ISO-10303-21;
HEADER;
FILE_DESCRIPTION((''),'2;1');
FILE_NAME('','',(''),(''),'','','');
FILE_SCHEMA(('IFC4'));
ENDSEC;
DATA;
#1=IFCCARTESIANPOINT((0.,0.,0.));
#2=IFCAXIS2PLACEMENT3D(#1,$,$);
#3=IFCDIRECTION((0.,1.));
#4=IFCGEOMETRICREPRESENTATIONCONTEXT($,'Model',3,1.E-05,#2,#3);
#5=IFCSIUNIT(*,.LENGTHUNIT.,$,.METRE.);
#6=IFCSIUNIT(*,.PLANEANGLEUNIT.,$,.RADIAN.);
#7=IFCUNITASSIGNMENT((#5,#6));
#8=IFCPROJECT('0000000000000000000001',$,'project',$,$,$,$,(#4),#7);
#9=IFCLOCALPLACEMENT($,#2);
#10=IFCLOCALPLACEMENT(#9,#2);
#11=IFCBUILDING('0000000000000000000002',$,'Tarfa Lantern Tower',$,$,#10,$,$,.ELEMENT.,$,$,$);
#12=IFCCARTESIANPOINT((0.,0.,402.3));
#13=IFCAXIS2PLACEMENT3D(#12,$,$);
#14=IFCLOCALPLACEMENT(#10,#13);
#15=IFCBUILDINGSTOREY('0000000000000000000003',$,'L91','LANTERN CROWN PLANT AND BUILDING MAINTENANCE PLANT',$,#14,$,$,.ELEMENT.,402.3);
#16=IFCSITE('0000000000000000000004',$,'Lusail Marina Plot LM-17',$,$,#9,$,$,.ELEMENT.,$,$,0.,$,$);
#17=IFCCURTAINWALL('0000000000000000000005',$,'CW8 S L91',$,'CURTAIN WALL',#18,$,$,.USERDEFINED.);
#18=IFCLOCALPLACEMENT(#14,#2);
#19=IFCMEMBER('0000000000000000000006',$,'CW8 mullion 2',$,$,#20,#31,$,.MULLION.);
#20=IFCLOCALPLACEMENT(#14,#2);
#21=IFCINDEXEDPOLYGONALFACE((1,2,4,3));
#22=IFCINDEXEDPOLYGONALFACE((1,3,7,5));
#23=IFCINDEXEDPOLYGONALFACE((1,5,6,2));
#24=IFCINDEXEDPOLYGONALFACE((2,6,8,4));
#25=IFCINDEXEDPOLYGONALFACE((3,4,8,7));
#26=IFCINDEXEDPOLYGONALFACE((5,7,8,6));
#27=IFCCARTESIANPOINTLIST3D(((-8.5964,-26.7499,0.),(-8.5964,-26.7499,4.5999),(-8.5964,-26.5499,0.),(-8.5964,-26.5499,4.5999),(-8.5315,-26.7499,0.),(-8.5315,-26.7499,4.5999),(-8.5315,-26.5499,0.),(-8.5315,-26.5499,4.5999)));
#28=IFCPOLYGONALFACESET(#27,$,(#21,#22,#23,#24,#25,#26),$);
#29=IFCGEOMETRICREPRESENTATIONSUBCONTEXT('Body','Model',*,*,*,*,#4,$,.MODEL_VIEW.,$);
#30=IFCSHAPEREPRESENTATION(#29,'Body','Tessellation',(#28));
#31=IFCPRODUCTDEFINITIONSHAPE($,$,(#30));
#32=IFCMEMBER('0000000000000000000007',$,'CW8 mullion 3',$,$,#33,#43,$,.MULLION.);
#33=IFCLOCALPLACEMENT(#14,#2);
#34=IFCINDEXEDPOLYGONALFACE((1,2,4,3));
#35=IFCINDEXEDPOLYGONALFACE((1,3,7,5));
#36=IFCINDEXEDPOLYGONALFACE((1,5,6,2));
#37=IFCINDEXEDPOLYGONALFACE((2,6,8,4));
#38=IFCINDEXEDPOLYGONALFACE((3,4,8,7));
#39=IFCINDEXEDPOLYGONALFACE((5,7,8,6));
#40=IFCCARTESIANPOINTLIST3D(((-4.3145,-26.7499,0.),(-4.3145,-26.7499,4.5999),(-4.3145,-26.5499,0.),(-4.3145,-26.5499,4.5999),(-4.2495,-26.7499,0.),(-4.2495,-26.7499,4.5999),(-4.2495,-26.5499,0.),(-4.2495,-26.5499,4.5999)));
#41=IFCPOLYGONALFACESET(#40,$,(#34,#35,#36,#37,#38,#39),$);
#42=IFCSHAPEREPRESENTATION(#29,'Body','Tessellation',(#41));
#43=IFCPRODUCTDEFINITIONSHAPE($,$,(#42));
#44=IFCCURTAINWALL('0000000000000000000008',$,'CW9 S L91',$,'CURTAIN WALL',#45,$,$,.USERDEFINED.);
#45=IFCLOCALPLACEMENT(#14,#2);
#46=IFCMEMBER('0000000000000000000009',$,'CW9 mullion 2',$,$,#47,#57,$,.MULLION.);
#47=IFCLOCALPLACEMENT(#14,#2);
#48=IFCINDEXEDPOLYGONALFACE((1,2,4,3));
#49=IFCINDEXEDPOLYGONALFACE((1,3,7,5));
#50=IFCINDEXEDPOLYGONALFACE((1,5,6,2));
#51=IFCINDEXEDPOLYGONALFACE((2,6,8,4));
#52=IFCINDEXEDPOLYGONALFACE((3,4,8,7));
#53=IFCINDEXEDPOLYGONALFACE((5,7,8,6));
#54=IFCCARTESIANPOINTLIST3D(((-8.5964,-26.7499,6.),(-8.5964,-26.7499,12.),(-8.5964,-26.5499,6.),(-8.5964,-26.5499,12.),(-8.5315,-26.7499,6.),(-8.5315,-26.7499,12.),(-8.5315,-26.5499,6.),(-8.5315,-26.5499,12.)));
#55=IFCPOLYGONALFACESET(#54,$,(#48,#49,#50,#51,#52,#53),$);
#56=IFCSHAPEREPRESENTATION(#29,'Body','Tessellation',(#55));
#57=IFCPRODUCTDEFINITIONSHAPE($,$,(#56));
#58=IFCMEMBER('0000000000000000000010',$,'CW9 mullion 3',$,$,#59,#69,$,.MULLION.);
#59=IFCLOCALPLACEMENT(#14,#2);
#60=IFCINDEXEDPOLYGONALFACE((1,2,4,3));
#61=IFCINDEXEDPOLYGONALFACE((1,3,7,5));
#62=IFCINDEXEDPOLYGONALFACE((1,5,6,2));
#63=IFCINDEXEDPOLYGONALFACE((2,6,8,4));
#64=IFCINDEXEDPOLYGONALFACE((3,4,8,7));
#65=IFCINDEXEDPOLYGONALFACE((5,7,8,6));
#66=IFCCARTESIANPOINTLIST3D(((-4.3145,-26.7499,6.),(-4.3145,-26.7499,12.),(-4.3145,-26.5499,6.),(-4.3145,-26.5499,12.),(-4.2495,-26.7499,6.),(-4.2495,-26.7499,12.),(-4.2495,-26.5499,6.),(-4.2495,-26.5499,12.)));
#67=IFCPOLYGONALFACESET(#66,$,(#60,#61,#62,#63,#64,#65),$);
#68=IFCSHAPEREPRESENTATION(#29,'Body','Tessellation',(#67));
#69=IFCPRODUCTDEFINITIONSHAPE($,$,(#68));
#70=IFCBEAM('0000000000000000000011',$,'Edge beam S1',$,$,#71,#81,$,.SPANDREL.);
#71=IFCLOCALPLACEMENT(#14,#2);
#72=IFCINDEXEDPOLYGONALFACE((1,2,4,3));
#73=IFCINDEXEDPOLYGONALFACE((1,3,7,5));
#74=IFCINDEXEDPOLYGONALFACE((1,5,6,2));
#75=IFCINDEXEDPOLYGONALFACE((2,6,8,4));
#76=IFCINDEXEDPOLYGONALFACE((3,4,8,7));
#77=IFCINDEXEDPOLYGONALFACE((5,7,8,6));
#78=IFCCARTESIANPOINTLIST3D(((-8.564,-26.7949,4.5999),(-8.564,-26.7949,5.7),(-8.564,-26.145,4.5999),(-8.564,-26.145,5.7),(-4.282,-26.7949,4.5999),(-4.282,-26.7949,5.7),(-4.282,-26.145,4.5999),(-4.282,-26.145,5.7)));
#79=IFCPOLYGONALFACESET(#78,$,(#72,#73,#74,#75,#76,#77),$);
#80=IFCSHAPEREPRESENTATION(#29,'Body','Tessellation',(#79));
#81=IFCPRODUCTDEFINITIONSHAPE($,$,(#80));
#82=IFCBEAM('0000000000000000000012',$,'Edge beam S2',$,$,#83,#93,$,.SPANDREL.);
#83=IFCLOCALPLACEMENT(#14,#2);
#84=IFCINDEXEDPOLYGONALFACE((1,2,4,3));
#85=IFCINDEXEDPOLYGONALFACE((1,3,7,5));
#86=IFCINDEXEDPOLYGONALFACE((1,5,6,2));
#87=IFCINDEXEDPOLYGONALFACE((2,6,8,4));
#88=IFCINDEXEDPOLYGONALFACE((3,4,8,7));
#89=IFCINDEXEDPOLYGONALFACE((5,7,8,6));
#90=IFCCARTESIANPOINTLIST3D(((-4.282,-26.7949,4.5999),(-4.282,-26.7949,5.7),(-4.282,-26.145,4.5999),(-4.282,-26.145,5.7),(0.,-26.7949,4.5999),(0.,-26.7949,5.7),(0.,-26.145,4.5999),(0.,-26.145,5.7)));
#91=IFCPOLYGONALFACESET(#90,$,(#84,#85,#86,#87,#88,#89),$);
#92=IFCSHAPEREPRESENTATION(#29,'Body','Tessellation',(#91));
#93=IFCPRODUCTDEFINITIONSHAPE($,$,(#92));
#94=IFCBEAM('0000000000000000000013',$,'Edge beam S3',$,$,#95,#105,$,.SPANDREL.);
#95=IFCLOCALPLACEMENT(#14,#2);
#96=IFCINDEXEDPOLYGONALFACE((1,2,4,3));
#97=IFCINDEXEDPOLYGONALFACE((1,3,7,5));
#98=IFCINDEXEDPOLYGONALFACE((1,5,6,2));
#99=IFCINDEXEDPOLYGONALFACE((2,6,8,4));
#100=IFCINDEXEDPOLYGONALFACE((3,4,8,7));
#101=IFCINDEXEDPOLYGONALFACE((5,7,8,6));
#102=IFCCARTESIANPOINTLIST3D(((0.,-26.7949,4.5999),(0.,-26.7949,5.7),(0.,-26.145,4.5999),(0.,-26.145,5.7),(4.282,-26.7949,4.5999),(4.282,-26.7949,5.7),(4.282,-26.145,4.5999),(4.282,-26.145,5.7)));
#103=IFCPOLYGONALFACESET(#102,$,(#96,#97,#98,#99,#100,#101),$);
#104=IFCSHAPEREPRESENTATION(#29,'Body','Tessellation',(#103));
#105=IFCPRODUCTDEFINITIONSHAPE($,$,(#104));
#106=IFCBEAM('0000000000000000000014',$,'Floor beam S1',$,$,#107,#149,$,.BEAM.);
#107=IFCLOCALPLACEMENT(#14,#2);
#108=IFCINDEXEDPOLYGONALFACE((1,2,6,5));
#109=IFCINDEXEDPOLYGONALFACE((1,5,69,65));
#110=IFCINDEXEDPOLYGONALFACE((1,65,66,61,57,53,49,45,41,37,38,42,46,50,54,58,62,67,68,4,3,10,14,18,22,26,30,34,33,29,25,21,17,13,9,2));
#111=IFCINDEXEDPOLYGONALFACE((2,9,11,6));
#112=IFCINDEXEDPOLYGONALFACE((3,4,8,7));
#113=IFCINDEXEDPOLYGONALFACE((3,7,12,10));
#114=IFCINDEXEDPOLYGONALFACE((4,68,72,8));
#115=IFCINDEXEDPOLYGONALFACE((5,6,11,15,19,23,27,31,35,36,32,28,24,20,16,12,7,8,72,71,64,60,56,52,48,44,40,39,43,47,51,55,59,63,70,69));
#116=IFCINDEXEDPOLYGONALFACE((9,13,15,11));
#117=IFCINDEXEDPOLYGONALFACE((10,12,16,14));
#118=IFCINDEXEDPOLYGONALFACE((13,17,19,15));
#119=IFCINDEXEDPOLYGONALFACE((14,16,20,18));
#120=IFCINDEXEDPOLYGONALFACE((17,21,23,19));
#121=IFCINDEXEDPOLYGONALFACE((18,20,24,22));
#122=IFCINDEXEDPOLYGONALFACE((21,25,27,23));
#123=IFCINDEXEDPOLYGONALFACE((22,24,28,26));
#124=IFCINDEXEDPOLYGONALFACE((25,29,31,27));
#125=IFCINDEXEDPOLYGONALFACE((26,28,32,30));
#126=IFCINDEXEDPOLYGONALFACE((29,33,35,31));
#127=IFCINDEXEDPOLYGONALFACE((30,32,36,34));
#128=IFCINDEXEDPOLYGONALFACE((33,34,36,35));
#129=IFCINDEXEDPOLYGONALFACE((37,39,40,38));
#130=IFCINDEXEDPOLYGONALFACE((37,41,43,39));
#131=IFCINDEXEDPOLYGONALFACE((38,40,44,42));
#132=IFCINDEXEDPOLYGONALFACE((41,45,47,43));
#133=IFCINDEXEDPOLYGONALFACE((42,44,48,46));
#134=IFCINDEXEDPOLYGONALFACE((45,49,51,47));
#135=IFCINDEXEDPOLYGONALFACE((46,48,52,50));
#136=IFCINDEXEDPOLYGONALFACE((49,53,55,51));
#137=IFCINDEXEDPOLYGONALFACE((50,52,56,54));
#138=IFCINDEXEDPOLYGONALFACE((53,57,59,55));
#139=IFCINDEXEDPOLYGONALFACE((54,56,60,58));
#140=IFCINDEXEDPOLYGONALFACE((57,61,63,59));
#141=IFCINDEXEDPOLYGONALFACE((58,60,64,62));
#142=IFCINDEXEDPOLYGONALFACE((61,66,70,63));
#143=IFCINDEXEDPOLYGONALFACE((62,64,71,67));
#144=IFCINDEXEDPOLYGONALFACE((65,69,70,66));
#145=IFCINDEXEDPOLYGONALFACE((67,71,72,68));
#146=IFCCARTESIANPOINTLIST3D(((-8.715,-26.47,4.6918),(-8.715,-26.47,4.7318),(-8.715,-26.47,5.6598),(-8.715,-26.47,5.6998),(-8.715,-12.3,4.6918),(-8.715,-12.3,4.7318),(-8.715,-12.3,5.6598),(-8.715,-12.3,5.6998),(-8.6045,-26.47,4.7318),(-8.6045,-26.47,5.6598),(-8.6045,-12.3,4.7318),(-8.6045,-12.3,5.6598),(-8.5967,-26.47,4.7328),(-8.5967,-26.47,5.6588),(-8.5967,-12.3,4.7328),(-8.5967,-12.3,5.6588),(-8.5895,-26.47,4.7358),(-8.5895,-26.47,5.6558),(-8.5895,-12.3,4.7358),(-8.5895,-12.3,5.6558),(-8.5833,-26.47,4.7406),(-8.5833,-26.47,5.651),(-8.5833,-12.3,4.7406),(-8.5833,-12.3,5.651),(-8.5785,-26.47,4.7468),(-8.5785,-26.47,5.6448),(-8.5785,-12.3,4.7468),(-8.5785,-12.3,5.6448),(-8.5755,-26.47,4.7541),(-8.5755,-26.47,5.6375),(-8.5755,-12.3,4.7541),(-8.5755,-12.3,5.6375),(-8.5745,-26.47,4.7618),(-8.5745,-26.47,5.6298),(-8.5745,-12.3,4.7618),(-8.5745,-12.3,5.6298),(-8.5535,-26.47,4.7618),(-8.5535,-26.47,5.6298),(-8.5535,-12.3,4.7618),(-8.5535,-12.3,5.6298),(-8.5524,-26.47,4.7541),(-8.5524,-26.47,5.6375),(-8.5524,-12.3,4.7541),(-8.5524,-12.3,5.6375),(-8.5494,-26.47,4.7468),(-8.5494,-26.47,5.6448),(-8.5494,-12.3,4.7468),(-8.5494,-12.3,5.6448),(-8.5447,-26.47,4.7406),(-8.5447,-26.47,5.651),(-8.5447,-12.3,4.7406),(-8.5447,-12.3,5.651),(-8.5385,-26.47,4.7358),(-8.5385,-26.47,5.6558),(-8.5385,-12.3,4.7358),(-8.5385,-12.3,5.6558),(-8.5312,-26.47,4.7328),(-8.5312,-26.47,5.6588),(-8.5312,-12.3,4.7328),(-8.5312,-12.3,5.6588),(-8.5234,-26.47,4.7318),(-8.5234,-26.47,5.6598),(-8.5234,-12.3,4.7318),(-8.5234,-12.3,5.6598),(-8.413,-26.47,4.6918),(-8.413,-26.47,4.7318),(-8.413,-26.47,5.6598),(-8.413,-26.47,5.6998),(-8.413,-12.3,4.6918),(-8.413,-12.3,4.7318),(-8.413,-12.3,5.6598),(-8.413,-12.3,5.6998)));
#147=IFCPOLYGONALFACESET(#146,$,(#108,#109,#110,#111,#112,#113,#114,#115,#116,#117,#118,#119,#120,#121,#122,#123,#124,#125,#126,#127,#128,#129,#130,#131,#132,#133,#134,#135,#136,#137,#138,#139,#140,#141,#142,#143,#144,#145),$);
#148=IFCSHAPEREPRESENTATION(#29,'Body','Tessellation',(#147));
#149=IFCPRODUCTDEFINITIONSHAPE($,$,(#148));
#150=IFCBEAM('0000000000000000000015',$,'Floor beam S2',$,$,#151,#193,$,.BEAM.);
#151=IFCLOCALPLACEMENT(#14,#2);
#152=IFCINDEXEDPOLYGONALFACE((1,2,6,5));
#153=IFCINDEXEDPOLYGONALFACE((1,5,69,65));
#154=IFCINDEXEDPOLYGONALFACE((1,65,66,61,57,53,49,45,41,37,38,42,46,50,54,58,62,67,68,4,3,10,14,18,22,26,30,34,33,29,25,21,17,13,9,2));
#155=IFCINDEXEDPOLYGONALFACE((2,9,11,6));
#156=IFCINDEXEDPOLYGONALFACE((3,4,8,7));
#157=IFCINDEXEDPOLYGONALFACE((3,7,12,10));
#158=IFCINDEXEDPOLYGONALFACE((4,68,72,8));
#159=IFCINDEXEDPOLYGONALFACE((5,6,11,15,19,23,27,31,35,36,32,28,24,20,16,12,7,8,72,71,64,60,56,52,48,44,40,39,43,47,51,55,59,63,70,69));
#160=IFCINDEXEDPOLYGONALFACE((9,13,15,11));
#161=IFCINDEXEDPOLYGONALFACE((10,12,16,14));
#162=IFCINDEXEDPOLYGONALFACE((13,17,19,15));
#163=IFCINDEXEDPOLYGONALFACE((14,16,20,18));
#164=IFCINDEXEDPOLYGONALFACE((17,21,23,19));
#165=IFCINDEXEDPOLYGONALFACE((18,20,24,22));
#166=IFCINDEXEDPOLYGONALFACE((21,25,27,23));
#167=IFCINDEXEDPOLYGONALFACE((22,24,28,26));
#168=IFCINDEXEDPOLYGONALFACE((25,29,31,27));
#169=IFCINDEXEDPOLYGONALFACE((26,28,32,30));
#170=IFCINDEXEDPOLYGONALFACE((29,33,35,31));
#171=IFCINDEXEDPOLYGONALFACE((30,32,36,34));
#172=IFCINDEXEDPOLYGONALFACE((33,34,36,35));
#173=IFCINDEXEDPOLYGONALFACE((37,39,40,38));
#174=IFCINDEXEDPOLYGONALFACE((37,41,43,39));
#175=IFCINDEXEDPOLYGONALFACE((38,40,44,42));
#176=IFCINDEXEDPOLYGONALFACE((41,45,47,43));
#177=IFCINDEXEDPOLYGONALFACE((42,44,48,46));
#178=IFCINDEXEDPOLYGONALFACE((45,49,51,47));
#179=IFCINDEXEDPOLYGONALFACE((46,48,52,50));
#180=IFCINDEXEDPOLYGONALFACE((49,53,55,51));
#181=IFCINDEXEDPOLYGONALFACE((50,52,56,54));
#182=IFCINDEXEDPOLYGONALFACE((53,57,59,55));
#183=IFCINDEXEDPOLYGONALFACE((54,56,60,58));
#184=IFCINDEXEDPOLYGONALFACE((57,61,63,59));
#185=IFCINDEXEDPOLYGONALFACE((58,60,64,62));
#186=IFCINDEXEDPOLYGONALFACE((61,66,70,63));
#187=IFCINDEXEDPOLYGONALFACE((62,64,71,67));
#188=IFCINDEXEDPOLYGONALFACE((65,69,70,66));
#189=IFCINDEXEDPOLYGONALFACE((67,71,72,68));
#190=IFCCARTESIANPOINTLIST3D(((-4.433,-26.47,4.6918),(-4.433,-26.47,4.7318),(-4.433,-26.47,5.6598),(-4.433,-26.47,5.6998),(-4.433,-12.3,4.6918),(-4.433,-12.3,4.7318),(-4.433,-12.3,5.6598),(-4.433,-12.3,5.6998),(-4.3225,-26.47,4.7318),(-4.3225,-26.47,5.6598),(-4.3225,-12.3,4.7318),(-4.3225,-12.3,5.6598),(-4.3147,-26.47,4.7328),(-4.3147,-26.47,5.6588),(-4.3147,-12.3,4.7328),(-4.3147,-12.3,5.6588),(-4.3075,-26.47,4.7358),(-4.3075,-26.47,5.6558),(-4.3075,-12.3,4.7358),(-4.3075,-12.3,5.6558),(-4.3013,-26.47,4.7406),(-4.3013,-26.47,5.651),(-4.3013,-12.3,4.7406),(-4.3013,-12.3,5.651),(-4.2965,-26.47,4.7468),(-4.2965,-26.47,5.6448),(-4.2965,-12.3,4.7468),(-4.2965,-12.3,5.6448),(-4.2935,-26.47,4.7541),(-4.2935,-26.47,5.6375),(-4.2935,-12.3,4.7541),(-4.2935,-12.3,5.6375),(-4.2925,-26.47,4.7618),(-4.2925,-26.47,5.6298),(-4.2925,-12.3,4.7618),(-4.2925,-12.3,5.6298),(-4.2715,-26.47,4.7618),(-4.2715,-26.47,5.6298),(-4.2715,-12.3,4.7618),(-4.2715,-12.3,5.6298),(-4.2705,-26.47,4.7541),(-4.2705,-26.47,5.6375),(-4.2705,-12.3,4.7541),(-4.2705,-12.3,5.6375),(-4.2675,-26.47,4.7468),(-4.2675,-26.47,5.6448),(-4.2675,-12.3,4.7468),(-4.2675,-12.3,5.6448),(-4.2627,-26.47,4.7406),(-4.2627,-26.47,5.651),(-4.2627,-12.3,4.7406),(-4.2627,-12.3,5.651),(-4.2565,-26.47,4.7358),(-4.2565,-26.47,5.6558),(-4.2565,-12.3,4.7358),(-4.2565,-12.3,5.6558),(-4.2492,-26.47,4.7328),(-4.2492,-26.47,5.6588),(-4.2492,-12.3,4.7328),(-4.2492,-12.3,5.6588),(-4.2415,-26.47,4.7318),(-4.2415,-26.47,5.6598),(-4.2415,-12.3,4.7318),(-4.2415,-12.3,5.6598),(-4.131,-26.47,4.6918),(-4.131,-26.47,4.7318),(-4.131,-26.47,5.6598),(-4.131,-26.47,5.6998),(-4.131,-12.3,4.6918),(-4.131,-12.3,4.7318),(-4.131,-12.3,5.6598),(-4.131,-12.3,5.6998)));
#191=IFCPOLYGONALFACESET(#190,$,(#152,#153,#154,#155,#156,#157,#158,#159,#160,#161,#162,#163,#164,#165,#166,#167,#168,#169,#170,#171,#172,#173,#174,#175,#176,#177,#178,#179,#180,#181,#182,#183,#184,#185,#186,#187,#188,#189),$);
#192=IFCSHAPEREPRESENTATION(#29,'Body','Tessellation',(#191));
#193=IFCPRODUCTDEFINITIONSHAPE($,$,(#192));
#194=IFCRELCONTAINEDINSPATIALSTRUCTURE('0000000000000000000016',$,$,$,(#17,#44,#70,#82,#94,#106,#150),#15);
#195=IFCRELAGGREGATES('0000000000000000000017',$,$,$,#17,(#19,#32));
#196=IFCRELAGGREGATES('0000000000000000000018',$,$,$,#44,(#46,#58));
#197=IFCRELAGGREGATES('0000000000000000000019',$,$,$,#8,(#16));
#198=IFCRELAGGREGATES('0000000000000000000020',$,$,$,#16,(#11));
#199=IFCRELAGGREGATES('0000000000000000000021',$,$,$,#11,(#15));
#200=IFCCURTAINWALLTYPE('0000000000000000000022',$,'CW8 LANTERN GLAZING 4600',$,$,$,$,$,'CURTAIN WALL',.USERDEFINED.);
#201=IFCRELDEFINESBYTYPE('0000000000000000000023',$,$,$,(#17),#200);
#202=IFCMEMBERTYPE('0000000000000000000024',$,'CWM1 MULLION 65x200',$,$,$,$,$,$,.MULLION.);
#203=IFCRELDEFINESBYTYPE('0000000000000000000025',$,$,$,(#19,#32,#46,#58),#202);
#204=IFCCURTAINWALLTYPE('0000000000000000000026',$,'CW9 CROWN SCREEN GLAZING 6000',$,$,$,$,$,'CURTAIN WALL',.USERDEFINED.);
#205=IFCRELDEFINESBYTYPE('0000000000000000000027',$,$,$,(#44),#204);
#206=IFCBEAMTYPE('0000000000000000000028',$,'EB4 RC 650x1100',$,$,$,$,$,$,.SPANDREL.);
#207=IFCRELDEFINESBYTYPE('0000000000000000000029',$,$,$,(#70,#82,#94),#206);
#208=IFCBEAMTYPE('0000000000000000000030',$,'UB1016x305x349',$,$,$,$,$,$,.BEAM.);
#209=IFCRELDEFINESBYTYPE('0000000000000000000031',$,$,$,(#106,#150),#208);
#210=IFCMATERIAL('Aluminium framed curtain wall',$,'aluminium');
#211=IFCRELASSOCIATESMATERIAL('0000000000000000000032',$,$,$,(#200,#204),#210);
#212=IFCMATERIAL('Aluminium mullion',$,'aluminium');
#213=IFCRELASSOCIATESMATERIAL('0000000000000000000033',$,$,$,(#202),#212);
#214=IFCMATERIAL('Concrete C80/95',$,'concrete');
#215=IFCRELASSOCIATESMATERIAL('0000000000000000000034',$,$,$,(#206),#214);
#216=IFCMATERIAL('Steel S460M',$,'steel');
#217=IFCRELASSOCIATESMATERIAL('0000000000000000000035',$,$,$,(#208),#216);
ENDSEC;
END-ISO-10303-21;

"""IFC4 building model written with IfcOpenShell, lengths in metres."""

from ifc_helpers import new_model, si_unit, direction, frame, origin, origin_2d, place, context, subcontext, project, spatial, rectangle, i_section, extrude, material, material_profile, profile_set, type_object, element, aggregate, save


model = new_model("IFC4")

# Units and contexts
model_context = context("Model", 3, precision=1e-05, world=origin(), true_north=direction((0.0, 1.0)))
body_context = subcontext(model_context, "Body", "Model", "MODEL_VIEW")
ifc_project = project(units=[si_unit("LENGTHUNIT", "METRE"), si_unit("PLANEANGLEUNIT", "RADIAN")], contexts=[model_context])

# Site, building, storey
site_placement = place(None, origin())
site = spatial("IfcSite", under=ifc_project, at=site_placement, Name="Lusail Marina Plot LM-17", CompositionType="ELEMENT", RefElevation=0.0)
building_placement = place(site_placement, origin())
building = spatial("IfcBuilding", under=site, at=building_placement, Name="Tarfa Lantern Tower", CompositionType="ELEMENT")
storey_placement = place(building_placement, frame((0.0, 0.0, 402.3)))
storey = spatial("IfcBuildingStorey", under=building, at=storey_placement, Name="L91", Description="LANTERN CROWN PLANT AND BUILDING MAINTENANCE PLANT", CompositionType="ELEMENT", Elevation=402.3)

# Curtain walls, members
ifc_material_1 = material(Name="Aluminium framed curtain wall", Category="aluminium")
curtain_wall_type_1 = type_object("IfcCurtainWallType", Name="CW8 LANTERN GLAZING 4600", ElementType="CURTAIN WALL", PredefinedType="USERDEFINED", material=ifc_material_1)
curtain_wall_1_placement = place(storey_placement, origin())
curtain_wall_1 = element("IfcCurtainWall", 1, at=curtain_wall_1_placement, inside=storey, type_object=curtain_wall_type_1, Name="CW8 S L91", ObjectType="CURTAIN WALL", PredefinedType="USERDEFINED")
ifc_material_2 = material(Name="Aluminium mullion", Category="aluminium")
ifc_material_profile_1 = material_profile(ifc_material_2, rectangle(XDim=0.0649, YDim=0.2, at=origin_2d()), Name="AL MULLION 65x200")
ifc_profile_set_1 = profile_set([ifc_material_profile_1], Name="Aluminium mullion")
member_type = type_object("IfcMemberType", Name="CWM1 MULLION 65x200", PredefinedType="MULLION", material=ifc_profile_set_1)
member_1_placement = place(storey_placement, frame((-8.564, -26.6499, 0.0), z_axis=(0.0, 0.0, 1.0), x_axis=(1.0, 0.0, 0.0)))
member_1 = element("IfcMember", 2, at=member_1_placement, type_object=member_type, Name="CW8 mullion 2", PredefinedType="MULLION", context=body_context, shape_type="SweptSolid", body=[
    extrude(rectangle(XDim=0.0649, YDim=0.2, at=origin_2d()), origin(), (0.0, 0.0, 1.0), 4.5999),
])
member_2_placement = place(storey_placement, frame((-4.282, -26.6499, 0.0), z_axis=(0.0, 0.0, 1.0), x_axis=(1.0, 0.0, 0.0)))
member_2 = element("IfcMember", 3, at=member_2_placement, type_object=member_type, Name="CW8 mullion 3", PredefinedType="MULLION", context=body_context, shape_type="SweptSolid", body=[
    extrude(rectangle(XDim=0.0649, YDim=0.2, at=origin_2d()), origin(), (0.0, 0.0, 1.0), 4.5999),
])
curtain_wall_type_2 = type_object("IfcCurtainWallType", Name="CW9 CROWN SCREEN GLAZING 6000", ElementType="CURTAIN WALL", PredefinedType="USERDEFINED", material=ifc_material_1)
curtain_wall_2_placement = place(storey_placement, origin())
curtain_wall_2 = element("IfcCurtainWall", 4, at=curtain_wall_2_placement, inside=storey, type_object=curtain_wall_type_2, Name="CW9 S L91", ObjectType="CURTAIN WALL", PredefinedType="USERDEFINED")
member_3_placement = place(storey_placement, frame((-8.564, -26.6499, 6.0), z_axis=(0.0, 0.0, 1.0), x_axis=(1.0, 0.0, 0.0)))
member_3 = element("IfcMember", 5, at=member_3_placement, type_object=member_type, Name="CW9 mullion 2", PredefinedType="MULLION", context=body_context, shape_type="SweptSolid", body=[
    extrude(rectangle(XDim=0.0649, YDim=0.2, at=origin_2d()), origin(), (0.0, 0.0, 1.0), 6.0),
])
member_4_placement = place(storey_placement, frame((-4.282, -26.6499, 6.0), z_axis=(0.0, 0.0, 1.0), x_axis=(1.0, 0.0, 0.0)))
member_4 = element("IfcMember", 6, at=member_4_placement, type_object=member_type, Name="CW9 mullion 3", PredefinedType="MULLION", context=body_context, shape_type="SweptSolid", body=[
    extrude(rectangle(XDim=0.0649, YDim=0.2, at=origin_2d()), origin(), (0.0, 0.0, 1.0), 6.0),
])

# Beams
ifc_material_3 = material(Name="Concrete C80/95", Category="concrete")
ifc_material_profile_2 = material_profile(ifc_material_3, rectangle(XDim=0.6499, YDim=1.1001, at=origin_2d()), Name="RC 650x1100")
ifc_profile_set_2 = profile_set([ifc_material_profile_2], Name="Concrete C80/95")
beam_type_1 = type_object("IfcBeamType", Name="EB4 RC 650x1100", PredefinedType="SPANDREL", material=ifc_profile_set_2)
for number, where, z_axis, x_axis, name in (
    (7, (-8.564, -26.47, 5.1499), (1.0, 0.0, 0.0), (0.0, 1.0, 0.0), "Edge beam S1"),
    (8, (-4.282, -26.47, 5.1499), (1.0, 0.0, 0.0), (0.0, 1.0, 0.0), "Edge beam S2"),
    (9, (0.0, -26.47, 5.1499), (1.0, 0.0, 0.0), (0.0, 1.0, 0.0), "Edge beam S3"),
):
    element("IfcBeam", number, at=place(storey_placement, frame(where, z_axis=z_axis, x_axis=x_axis)), inside=storey, type_object=beam_type_1, Name=name, PredefinedType="SPANDREL", context=body_context, shape_type="SweptSolid", body=[
        extrude(rectangle(XDim=0.6499, YDim=1.1001, at=origin_2d()), origin(), (0.0, 0.0, 1.0), 4.282),
    ])
ifc_material_4 = material(Name="Steel S460M", Category="steel")
ifc_material_profile_3 = material_profile(ifc_material_4, i_section(OverallWidth=0.302, OverallDepth=1.0081, WebThickness=0.021, FlangeThickness=0.04, FilletRadius=0.03, at=origin_2d()), Name="UB1016x305x349")
ifc_profile_set_3 = profile_set([ifc_material_profile_3], Name="Steel S460M")
beam_type_2 = type_object("IfcBeamType", Name="UB1016x305x349", PredefinedType="BEAM", material=ifc_profile_set_3)
for number, where, z_axis, x_axis, name in (
    (10, (-8.564, -26.47, 5.1958), (0.0, 1.0, 0.0), (-1.0, 0.0, 0.0), "Floor beam S1"),
    (11, (-4.282, -26.47, 5.1958), (0.0, 1.0, 0.0), (-1.0, 0.0, 0.0), "Floor beam S2"),
):
    element("IfcBeam", number, at=place(storey_placement, frame(where, z_axis=z_axis, x_axis=x_axis)), inside=storey, type_object=beam_type_2, Name=name, PredefinedType="BEAM", context=body_context, shape_type="SweptSolid", body=[
        extrude(i_section(OverallWidth=0.302, OverallDepth=1.0081, WebThickness=0.021, FlangeThickness=0.04, FilletRadius=0.03, at=origin_2d()), origin(), (0.0, 0.0, 1.0), 14.1699),
    ])

aggregate(curtain_wall_1, [member_1, member_2])
aggregate(curtain_wall_2, [member_3, member_4])

save(model, "model.ifc")
